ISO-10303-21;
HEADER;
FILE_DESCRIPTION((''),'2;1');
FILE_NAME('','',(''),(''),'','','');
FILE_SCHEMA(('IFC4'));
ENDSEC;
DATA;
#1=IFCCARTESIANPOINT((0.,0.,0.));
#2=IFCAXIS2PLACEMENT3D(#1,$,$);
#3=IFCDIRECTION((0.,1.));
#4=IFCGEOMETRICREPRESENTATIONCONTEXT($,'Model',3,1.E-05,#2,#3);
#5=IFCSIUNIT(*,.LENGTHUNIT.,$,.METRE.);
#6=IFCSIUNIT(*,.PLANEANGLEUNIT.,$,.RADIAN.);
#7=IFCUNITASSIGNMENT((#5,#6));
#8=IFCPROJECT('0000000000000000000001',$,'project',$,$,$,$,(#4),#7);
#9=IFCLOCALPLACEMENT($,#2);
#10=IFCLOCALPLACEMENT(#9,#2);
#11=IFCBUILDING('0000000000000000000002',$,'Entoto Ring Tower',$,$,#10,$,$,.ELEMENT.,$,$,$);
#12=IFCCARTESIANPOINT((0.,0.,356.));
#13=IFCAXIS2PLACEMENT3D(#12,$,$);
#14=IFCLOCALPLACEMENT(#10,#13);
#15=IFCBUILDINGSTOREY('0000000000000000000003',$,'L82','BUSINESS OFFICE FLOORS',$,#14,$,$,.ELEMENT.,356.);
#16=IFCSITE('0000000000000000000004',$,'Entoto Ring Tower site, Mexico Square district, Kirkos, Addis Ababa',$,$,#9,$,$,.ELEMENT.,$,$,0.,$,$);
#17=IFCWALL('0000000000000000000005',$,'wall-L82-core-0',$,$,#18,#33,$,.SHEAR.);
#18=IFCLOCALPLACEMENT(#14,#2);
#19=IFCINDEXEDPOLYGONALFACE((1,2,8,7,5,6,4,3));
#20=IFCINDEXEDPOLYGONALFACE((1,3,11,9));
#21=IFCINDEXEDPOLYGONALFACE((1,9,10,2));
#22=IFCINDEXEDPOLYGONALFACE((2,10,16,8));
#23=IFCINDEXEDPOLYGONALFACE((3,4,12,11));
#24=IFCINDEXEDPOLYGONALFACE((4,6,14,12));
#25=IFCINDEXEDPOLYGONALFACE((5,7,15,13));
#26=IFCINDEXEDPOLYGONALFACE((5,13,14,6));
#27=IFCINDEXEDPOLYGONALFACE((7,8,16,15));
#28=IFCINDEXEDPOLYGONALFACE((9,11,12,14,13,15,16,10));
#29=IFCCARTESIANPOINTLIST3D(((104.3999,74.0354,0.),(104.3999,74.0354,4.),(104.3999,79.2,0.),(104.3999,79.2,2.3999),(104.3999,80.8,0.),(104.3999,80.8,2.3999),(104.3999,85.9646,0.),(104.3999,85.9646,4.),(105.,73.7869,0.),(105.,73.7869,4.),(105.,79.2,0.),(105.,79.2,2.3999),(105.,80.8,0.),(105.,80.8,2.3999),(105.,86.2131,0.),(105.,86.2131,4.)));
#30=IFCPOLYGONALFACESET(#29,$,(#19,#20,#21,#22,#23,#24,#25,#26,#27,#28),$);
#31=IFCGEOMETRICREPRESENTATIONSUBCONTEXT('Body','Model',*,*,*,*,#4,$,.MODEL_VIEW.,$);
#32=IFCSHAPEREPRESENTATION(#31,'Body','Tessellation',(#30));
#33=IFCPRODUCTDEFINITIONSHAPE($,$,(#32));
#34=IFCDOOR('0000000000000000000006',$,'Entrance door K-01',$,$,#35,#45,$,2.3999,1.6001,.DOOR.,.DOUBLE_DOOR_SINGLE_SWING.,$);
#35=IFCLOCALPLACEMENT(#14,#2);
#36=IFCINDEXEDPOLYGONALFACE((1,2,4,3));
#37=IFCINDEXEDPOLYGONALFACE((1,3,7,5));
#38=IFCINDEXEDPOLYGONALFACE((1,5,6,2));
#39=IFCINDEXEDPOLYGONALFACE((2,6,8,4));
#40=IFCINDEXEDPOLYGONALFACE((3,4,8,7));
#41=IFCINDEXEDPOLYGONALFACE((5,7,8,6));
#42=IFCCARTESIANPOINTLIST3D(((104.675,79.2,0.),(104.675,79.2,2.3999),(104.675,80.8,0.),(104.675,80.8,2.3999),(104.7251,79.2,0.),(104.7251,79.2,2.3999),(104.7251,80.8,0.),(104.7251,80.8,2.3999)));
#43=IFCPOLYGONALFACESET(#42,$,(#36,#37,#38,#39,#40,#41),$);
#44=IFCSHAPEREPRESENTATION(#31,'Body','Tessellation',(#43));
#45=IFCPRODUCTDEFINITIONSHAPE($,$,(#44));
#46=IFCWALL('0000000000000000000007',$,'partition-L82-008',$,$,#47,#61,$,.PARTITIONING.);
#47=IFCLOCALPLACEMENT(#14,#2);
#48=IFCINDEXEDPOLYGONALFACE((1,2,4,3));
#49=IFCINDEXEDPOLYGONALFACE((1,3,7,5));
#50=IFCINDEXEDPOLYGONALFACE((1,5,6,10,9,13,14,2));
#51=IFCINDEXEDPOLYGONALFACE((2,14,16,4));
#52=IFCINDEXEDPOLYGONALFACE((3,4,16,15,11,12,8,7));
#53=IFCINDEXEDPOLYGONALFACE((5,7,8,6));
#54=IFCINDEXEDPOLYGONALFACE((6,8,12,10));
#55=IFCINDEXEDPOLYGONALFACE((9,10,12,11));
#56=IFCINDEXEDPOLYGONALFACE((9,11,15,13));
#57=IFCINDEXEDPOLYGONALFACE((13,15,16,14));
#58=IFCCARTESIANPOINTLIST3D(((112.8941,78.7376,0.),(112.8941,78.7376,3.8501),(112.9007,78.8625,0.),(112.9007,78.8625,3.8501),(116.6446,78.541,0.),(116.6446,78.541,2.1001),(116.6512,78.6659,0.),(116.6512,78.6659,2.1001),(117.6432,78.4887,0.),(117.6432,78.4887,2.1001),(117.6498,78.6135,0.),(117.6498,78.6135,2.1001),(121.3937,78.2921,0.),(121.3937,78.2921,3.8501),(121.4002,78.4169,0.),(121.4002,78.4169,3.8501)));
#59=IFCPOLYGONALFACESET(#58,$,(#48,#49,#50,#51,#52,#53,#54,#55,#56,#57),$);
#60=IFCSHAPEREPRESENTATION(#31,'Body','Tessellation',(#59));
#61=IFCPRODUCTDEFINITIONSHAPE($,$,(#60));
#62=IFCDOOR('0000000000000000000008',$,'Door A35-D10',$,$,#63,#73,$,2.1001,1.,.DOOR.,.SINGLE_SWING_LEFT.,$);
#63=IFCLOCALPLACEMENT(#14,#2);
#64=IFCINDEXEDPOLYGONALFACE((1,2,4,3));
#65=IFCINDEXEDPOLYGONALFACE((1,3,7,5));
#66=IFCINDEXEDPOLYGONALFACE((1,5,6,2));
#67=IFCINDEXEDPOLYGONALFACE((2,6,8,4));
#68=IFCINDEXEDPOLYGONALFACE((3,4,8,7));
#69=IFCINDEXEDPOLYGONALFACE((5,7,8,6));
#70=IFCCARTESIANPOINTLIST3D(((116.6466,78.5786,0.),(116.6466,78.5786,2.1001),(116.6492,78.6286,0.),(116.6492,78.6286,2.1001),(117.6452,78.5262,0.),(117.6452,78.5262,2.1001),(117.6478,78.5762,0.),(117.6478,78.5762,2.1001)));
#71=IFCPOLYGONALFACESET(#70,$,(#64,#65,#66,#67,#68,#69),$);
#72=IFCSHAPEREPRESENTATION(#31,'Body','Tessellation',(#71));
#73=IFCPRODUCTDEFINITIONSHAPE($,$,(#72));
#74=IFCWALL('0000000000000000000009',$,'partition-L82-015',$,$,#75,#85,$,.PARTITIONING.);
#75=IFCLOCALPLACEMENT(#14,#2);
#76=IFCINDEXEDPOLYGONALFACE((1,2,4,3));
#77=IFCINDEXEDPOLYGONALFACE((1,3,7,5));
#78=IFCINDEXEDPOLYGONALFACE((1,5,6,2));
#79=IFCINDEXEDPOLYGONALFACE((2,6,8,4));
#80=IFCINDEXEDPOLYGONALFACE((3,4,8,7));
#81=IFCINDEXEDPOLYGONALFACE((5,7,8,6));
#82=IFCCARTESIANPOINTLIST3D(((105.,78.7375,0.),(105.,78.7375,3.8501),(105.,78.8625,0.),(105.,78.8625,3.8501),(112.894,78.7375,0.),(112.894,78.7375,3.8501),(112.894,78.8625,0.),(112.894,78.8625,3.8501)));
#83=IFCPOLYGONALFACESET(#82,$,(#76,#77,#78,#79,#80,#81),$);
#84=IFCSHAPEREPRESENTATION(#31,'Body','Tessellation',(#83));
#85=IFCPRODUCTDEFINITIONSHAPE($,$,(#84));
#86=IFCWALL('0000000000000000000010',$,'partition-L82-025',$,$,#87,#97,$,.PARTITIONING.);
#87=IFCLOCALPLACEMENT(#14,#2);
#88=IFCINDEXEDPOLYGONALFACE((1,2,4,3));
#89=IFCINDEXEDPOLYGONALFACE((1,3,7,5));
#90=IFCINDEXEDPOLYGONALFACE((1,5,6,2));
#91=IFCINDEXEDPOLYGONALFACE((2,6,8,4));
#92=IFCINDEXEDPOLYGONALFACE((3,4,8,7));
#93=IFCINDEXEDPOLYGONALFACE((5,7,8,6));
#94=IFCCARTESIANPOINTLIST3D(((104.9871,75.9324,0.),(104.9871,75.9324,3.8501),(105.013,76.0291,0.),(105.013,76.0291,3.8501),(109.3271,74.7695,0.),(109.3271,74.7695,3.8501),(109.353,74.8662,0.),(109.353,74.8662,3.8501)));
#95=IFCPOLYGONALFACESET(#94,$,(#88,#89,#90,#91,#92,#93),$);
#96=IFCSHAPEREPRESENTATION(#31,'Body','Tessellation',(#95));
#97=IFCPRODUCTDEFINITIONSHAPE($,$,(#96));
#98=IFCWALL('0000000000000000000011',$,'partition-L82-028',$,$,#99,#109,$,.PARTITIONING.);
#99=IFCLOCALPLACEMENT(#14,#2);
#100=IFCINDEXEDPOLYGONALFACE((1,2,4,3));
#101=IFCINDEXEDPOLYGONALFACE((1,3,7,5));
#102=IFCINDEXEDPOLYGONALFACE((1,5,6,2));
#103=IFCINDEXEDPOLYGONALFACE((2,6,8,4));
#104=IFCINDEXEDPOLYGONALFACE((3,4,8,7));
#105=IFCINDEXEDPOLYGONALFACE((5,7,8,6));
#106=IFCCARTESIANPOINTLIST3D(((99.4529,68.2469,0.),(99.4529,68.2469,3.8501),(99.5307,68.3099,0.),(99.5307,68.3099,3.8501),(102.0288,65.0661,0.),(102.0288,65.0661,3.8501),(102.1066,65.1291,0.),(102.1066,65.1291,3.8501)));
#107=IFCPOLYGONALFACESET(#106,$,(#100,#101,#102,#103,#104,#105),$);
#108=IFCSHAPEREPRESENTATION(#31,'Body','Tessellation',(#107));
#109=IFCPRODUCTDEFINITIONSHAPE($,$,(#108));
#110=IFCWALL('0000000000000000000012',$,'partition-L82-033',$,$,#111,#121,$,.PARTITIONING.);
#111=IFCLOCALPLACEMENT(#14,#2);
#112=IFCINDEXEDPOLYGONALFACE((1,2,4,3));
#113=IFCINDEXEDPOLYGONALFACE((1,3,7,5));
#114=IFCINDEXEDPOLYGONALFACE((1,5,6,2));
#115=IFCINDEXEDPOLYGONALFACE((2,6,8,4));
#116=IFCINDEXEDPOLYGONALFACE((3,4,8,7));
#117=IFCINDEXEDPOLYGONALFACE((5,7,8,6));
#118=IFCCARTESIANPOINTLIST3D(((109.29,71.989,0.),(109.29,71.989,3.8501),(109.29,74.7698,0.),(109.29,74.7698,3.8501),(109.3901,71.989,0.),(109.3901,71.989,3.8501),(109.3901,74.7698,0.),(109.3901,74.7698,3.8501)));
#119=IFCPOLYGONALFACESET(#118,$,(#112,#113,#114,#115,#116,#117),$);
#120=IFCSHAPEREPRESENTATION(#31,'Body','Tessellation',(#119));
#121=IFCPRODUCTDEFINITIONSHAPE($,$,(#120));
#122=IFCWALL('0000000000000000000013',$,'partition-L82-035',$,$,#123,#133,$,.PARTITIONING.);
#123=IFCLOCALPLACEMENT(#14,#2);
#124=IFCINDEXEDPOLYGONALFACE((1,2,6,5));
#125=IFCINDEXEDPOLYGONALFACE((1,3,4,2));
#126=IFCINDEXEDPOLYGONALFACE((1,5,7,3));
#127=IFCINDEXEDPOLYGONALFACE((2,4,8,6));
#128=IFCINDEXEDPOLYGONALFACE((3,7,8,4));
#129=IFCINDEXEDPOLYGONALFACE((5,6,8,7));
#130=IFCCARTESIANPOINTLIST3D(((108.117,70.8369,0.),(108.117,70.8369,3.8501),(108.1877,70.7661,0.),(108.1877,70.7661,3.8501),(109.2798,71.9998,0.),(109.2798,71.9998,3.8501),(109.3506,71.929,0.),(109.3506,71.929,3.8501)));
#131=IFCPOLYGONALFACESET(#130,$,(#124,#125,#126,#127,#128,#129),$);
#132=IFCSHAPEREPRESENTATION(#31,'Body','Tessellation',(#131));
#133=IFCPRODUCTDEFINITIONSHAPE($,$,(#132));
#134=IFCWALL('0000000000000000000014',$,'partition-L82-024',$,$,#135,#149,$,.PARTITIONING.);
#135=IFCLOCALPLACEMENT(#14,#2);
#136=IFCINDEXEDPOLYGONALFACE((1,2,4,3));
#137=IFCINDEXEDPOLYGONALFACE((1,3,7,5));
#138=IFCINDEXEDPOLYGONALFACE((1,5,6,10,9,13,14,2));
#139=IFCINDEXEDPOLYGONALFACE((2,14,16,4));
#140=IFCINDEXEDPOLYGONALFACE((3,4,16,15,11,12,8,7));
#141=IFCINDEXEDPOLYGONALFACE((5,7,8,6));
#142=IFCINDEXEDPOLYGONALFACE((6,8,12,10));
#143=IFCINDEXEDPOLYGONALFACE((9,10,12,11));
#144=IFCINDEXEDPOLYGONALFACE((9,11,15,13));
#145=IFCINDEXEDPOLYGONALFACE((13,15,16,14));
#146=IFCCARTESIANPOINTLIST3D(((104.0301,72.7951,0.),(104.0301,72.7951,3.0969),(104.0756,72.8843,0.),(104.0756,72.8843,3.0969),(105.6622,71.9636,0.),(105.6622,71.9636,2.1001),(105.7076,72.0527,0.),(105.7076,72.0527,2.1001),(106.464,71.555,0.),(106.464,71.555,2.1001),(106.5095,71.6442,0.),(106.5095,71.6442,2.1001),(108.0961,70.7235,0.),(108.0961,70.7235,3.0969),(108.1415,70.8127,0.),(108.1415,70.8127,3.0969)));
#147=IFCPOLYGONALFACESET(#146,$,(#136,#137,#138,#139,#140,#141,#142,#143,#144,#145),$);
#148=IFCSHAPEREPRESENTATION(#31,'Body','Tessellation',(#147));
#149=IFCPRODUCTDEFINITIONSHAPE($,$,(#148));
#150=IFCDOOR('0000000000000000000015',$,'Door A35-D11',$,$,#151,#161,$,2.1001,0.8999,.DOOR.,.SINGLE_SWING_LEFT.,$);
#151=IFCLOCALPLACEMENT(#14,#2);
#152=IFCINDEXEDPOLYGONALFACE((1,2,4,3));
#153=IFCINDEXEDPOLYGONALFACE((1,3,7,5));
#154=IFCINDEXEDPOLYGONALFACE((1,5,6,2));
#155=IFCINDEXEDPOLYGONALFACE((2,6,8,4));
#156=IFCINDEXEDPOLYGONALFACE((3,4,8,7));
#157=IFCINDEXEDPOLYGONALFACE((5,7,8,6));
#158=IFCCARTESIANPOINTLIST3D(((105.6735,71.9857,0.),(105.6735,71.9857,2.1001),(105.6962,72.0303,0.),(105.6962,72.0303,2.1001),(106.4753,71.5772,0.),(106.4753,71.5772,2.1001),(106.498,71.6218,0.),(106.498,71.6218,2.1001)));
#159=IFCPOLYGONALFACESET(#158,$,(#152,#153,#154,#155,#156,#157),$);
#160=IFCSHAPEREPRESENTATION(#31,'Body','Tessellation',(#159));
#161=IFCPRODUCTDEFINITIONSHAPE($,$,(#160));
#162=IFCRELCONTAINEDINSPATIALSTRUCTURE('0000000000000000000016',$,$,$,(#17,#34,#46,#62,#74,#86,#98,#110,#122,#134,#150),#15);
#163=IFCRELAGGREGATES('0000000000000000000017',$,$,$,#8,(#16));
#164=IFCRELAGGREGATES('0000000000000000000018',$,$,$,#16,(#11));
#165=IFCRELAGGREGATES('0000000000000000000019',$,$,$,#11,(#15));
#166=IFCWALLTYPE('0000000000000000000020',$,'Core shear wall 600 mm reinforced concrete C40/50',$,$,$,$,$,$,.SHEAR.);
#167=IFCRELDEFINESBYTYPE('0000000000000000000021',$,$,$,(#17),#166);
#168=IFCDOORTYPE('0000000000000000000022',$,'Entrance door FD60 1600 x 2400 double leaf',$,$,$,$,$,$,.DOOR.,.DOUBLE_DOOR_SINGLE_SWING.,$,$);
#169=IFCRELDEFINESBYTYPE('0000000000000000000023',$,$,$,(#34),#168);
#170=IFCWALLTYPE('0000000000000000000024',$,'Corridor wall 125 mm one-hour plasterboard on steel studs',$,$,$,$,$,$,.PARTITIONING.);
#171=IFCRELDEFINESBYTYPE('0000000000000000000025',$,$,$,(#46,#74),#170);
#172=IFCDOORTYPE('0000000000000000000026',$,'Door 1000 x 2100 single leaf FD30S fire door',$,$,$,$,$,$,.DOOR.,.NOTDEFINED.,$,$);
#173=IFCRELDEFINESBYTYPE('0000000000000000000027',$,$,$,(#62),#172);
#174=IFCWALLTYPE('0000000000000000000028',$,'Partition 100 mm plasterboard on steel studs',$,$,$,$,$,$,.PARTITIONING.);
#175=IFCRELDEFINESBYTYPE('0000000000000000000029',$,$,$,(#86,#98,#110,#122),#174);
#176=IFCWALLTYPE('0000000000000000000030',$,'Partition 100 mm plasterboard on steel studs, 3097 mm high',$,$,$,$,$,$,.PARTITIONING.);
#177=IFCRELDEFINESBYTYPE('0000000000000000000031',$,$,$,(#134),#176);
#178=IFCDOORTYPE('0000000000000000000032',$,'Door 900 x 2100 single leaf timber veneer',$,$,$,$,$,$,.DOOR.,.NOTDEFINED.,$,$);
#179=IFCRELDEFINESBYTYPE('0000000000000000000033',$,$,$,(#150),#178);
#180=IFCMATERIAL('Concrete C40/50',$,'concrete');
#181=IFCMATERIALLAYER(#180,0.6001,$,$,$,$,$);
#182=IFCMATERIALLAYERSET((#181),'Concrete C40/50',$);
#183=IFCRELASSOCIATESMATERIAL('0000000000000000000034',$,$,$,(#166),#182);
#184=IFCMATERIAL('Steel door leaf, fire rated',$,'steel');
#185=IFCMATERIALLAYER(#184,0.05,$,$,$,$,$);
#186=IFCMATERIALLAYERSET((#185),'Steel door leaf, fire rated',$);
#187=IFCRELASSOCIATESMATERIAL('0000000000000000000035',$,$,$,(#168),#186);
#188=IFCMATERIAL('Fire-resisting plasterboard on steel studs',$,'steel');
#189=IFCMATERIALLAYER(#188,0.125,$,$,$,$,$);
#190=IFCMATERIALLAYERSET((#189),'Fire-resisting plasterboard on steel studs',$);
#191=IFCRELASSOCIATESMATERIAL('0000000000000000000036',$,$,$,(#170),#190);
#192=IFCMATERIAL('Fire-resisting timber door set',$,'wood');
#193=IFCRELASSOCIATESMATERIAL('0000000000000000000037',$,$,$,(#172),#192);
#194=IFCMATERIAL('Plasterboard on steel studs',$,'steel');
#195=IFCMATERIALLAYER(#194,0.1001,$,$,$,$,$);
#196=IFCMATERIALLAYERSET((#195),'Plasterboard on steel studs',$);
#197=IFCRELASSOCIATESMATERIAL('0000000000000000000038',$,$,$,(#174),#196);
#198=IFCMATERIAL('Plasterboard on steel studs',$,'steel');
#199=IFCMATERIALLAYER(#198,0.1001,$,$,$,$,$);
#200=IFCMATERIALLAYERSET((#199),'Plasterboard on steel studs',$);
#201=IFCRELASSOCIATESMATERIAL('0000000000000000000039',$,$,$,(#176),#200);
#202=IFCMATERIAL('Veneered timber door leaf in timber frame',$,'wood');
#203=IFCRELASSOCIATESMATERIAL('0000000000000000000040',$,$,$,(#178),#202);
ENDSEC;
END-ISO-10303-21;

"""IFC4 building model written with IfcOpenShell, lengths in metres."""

from ifc_helpers import new_model, si_unit, direction, frame, frame_2d, origin, place, context, subcontext, project, spatial, polyline, rectangle, outline, extrude, material, layer, layer_set, type_object, element, fill, save


model = new_model("IFC4")

# Units and contexts
model_context = context("Model", 3, precision=1e-05, world=origin(), true_north=direction((0.0, 1.0)))
body_context = subcontext(model_context, "Body", "Model", "MODEL_VIEW")
ifc_project = project(units=[si_unit("LENGTHUNIT", "METRE"), si_unit("PLANEANGLEUNIT", "RADIAN")], contexts=[model_context])

# Site, building, storey
site_placement = place(None, origin())
site = spatial("IfcSite", under=ifc_project, at=site_placement, Name="Entoto Ring Tower site, Mexico Square district, Kirkos, Addis Ababa", CompositionType="ELEMENT", RefElevation=0.0)
building_placement = place(site_placement, origin())
building = spatial("IfcBuilding", under=site, at=building_placement, Name="Entoto Ring Tower", CompositionType="ELEMENT")
storey_placement = place(building_placement, frame((0.0, 0.0, 356.0)))
storey = spatial("IfcBuildingStorey", under=building, at=storey_placement, Name="L82", Description="BUSINESS OFFICE FLOORS", CompositionType="ELEMENT", Elevation=356.0)

# Walls, openings, doors
ifc_material_1 = material(Name="Concrete C40/50", Category="concrete")
ifc_layer_1 = layer(ifc_material_1, 0.6001)
ifc_layer_set_1 = layer_set([ifc_layer_1], Name="Concrete C40/50")
wall_type_1 = type_object("IfcWallType", Name="Core shear wall 600 mm reinforced concrete C40/50", PredefinedType="SHEAR", material=ifc_layer_set_1)
wall_1_placement = place(storey_placement, frame((104.7, 73.9111, 0.0), z_axis=(0.0, 0.0, 1.0), x_axis=(0.0, 1.0, 0.0)))
wall_1 = element("IfcWall", 1, at=wall_1_placement, inside=storey, type_object=wall_type_1, Name="wall-L82-core-0", PredefinedType="SHEAR", context=body_context, shape_type="SweptSolid", body=[
    extrude(outline(polyline([(-0.1243, -0.3), (12.302, -0.3), (12.0535, 0.3), (0.1243, 0.3), (-0.1243, -0.3)])), origin(), (0.0, 0.0, 1.0), 4.0),
])
opening_1_placement = place(wall_1_placement, frame((5.2888, 0.0, 0.0)))
opening_1 = element("IfcOpeningElement", 2, at=opening_1_placement, cuts=wall_1, PredefinedType="OPENING", context=body_context, shape_type="SweptSolid", body=[
    extrude(rectangle(XDim=1.6001, YDim=2.3999, at=frame_2d((0.8, 1.2))), frame((0.0, 0.3101, 0.0), z_axis=(0.0, -1.0, 0.0), x_axis=(1.0, 0.0, 0.0)), (0.0, 0.0, 1.0), 0.6201),
])
ifc_material_2 = material(Name="Steel door leaf, fire rated", Category="steel")
ifc_layer_2 = layer(ifc_material_2, 0.05)
ifc_layer_set_2 = layer_set([ifc_layer_2], Name="Steel door leaf, fire rated")
door_type_1 = type_object("IfcDoorType", Name="Entrance door FD60 1600 x 2400 double leaf", OperationType="DOUBLE_DOOR_SINGLE_SWING", PredefinedType="DOOR", material=ifc_layer_set_2)
door_1_placement = place(opening_1_placement, origin())
door_1 = element("IfcDoor", 3, at=door_1_placement, inside=storey, type_object=door_type_1, Name="Entrance door K-01", OperationType="DOUBLE_DOOR_SINGLE_SWING", OverallHeight=2.3999, OverallWidth=1.6001, PredefinedType="DOOR", context=body_context, shape_type="SweptSolid", body=[
    extrude(rectangle(XDim=1.6001, YDim=2.3999, at=frame_2d((0.8, 1.2))), frame((0.0, 0.0249, 0.0), z_axis=(0.0, -1.0, 0.0), x_axis=(1.0, 0.0, 0.0)), (0.0, 0.0, 1.0), 0.05),
])
fill(opening_1, door_1)
ifc_material_3 = material(Name="Fire-resisting plasterboard on steel studs", Category="steel")
ifc_layer_3 = layer(ifc_material_3, 0.125)
ifc_layer_set_3 = layer_set([ifc_layer_3], Name="Fire-resisting plasterboard on steel studs")
wall_type_2 = type_object("IfcWallType", Name="Corridor wall 125 mm one-hour plasterboard on steel studs", PredefinedType="PARTITIONING", material=ifc_layer_set_3)
wall_2_placement = place(storey_placement, frame((121.397, 78.3545, 0.0), z_axis=(0.0, 0.0, 1.0), x_axis=(-0.998629, 0.05235, 0.0)))
wall_2 = element("IfcWall", 4, at=wall_2_placement, inside=storey, type_object=wall_type_2, Name="partition-L82-008", PredefinedType="PARTITIONING", context=body_context, shape_type="SweptSolid", body=[
    extrude(rectangle(XDim=8.5112, YDim=0.125, at=frame_2d((4.2556, 0.0))), origin(), (0.0, 0.0, 1.0), 3.8501),
])
opening_2_placement = place(wall_2_placement, frame((3.7556, 0.0, 0.0)))
opening_2 = element("IfcOpeningElement", 5, at=opening_2_placement, cuts=wall_2, PredefinedType="OPENING", context=body_context, shape_type="SweptSolid", body=[
    extrude(rectangle(XDim=1.0, YDim=2.1001, at=frame_2d((0.5, 1.05))), frame((0.0, 0.0725, 0.0), z_axis=(0.0, -1.0, 0.0), x_axis=(1.0, 0.0, 0.0)), (0.0, 0.0, 1.0), 0.145),
])
ifc_material_4 = material(Name="Fire-resisting timber door set", Category="wood")
door_type_2 = type_object("IfcDoorType", Name="Door 1000 x 2100 single leaf FD30S fire door", OperationType="NOTDEFINED", PredefinedType="DOOR", material=ifc_material_4)
door_2_placement = place(opening_2_placement, origin())
door_2 = element("IfcDoor", 6, at=door_2_placement, inside=storey, type_object=door_type_2, Name="Door A35-D10", OperationType="SINGLE_SWING_LEFT", OverallHeight=2.1001, OverallWidth=1.0, PredefinedType="DOOR", context=body_context, shape_type="SweptSolid", body=[
    extrude(rectangle(XDim=1.0, YDim=2.1001, at=frame_2d((0.5, 1.05))), frame((0.0, 0.0249, 0.0), z_axis=(0.0, -1.0, 0.0), x_axis=(1.0, 0.0, 0.0)), (0.0, 0.0, 1.0), 0.05),
])
fill(opening_2, door_2)

# Walls
wall_3_placement = place(storey_placement, frame((105.0, 78.8, 0.0), z_axis=(0.0, 0.0, 1.0), x_axis=(1.0, 0.0, 0.0)))
element("IfcWall", 7, at=wall_3_placement, inside=storey, type_object=wall_type_2, Name="partition-L82-015", PredefinedType="PARTITIONING", context=body_context, shape_type="SweptSolid", body=[
    extrude(rectangle(XDim=7.894, YDim=0.125, at=frame_2d((3.947, 0.0))), origin(), (0.0, 0.0, 1.0), 3.8501),
])
ifc_material_5 = material(Name="Plasterboard on steel studs", Category="steel")
ifc_layer_4 = layer(ifc_material_5, 0.1001)
ifc_layer_set_4 = layer_set([ifc_layer_4], Name="Plasterboard on steel studs")
wall_type_3 = type_object("IfcWallType", Name="Partition 100 mm plasterboard on steel studs", PredefinedType="PARTITIONING", material=ifc_layer_set_4)
wall_4_placement = place(storey_placement, frame((109.3401, 74.8179, 0.0), z_axis=(0.0, 0.0, 1.0), x_axis=(-0.96593, 0.258802, 0.0)))
element("IfcWall", 8, at=wall_4_placement, inside=storey, type_object=wall_type_3, Name="partition-L82-025", PredefinedType="PARTITIONING", context=body_context, shape_type="SweptSolid", body=[
    extrude(rectangle(XDim=4.4932, YDim=0.1001, at=frame_2d((2.2466, 0.0))), origin(), (0.0, 0.0, 1.0), 3.8501),
])
wall_5_placement = place(storey_placement, frame((102.0676, 65.0977, 0.0), z_axis=(0.0, 0.0, 1.0), x_axis=(-0.629332, 0.777137, 0.0)))
element("IfcWall", 9, at=wall_5_placement, inside=storey, type_object=wall_type_3, Name="partition-L82-028", PredefinedType="PARTITIONING", context=body_context, shape_type="SweptSolid", body=[
    extrude(rectangle(XDim=4.093, YDim=0.1001, at=frame_2d((2.0464, 0.0))), origin(), (0.0, 0.0, 1.0), 3.8501),
])
wall_6_placement = place(storey_placement, frame((109.3401, 71.989, 0.0), z_axis=(0.0, 0.0, 1.0), x_axis=(0.0, 1.0, 0.0)))
element("IfcWall", 10, at=wall_6_placement, inside=storey, type_object=wall_type_3, Name="partition-L82-033", PredefinedType="PARTITIONING", context=body_context, shape_type="SweptSolid", body=[
    extrude(rectangle(XDim=2.7808, YDim=0.1001, at=frame_2d((1.3904, 0.0))), origin(), (0.0, 0.0, 1.0), 3.8501),
])
wall_7_placement = place(storey_placement, frame((108.1523, 70.8015, 0.0), z_axis=(0.0, 0.0, 1.0), x_axis=(0.707107, 0.707107, 0.0)))
element("IfcWall", 11, at=wall_7_placement, inside=storey, type_object=wall_type_3, Name="partition-L82-035", PredefinedType="PARTITIONING", context=body_context, shape_type="SweptSolid", body=[
    extrude(rectangle(XDim=1.6445, YDim=0.1001, at=frame_2d((0.8223, 0.0))), origin(), (0.0, 0.0, 1.0), 3.8501),
])

# Wall, opening, door
ifc_material_6 = material(Name="Plasterboard on steel studs", Category="steel")
ifc_layer_5 = layer(ifc_material_6, 0.1001)
ifc_layer_set_5 = layer_set([ifc_layer_5], Name="Plasterboard on steel studs")
wall_type_4 = type_object("IfcWallType", Name="Partition 100 mm plasterboard on steel studs, 3097 mm high", PredefinedType="PARTITIONING", material=ifc_layer_set_5)
wall_8_placement = place(storey_placement, frame((108.1189, 70.7681, 0.0), z_axis=(0.0, 0.0, 1.0), x_axis=(-0.89102, 0.453963, 0.0)))
wall_8 = element("IfcWall", 12, at=wall_8_placement, inside=storey, type_object=wall_type_4, Name="partition-L82-024", PredefinedType="PARTITIONING", context=body_context, shape_type="SweptSolid", body=[
    extrude(rectangle(XDim=4.5632, YDim=0.1001, at=frame_2d((2.2817, 0.0))), origin(), (0.0, 0.0, 1.0), 3.0969),
])
opening_3_placement = place(wall_8_placement, frame((1.8318, 0.0, 0.0)))
opening_3 = element("IfcOpeningElement", 13, at=opening_3_placement, cuts=wall_8, PredefinedType="OPENING", context=body_context, shape_type="SweptSolid", body=[
    extrude(rectangle(XDim=0.8999, YDim=2.1001, at=frame_2d((0.45, 1.05))), frame((0.0, 0.0601, 0.0), z_axis=(0.0, -1.0, 0.0), x_axis=(1.0, 0.0, 0.0)), (0.0, 0.0, 1.0), 0.1201),
])
ifc_material_7 = material(Name="Veneered timber door leaf in timber frame", Category="wood")
door_type_3 = type_object("IfcDoorType", Name="Door 900 x 2100 single leaf timber veneer", OperationType="NOTDEFINED", PredefinedType="DOOR", material=ifc_material_7)
door_3_placement = place(opening_3_placement, frame((0.8999, 0.0, 0.0), z_axis=(0.0, 0.0, 1.0), x_axis=(-1.0, 0.0, 0.0)))
door_3 = element("IfcDoor", 14, at=door_3_placement, inside=storey, type_object=door_type_3, Name="Door A35-D11", OperationType="SINGLE_SWING_LEFT", OverallHeight=2.1001, OverallWidth=0.8999, PredefinedType="DOOR", context=body_context, shape_type="SweptSolid", body=[
    extrude(rectangle(XDim=0.8999, YDim=2.1001, at=frame_2d((0.45, 1.05))), frame((0.0, 0.0249, 0.0), z_axis=(0.0, -1.0, 0.0), x_axis=(1.0, 0.0, 0.0)), (0.0, 0.0, 1.0), 0.05),
])
fill(opening_3, door_3)

save(model, "model.ifc")
